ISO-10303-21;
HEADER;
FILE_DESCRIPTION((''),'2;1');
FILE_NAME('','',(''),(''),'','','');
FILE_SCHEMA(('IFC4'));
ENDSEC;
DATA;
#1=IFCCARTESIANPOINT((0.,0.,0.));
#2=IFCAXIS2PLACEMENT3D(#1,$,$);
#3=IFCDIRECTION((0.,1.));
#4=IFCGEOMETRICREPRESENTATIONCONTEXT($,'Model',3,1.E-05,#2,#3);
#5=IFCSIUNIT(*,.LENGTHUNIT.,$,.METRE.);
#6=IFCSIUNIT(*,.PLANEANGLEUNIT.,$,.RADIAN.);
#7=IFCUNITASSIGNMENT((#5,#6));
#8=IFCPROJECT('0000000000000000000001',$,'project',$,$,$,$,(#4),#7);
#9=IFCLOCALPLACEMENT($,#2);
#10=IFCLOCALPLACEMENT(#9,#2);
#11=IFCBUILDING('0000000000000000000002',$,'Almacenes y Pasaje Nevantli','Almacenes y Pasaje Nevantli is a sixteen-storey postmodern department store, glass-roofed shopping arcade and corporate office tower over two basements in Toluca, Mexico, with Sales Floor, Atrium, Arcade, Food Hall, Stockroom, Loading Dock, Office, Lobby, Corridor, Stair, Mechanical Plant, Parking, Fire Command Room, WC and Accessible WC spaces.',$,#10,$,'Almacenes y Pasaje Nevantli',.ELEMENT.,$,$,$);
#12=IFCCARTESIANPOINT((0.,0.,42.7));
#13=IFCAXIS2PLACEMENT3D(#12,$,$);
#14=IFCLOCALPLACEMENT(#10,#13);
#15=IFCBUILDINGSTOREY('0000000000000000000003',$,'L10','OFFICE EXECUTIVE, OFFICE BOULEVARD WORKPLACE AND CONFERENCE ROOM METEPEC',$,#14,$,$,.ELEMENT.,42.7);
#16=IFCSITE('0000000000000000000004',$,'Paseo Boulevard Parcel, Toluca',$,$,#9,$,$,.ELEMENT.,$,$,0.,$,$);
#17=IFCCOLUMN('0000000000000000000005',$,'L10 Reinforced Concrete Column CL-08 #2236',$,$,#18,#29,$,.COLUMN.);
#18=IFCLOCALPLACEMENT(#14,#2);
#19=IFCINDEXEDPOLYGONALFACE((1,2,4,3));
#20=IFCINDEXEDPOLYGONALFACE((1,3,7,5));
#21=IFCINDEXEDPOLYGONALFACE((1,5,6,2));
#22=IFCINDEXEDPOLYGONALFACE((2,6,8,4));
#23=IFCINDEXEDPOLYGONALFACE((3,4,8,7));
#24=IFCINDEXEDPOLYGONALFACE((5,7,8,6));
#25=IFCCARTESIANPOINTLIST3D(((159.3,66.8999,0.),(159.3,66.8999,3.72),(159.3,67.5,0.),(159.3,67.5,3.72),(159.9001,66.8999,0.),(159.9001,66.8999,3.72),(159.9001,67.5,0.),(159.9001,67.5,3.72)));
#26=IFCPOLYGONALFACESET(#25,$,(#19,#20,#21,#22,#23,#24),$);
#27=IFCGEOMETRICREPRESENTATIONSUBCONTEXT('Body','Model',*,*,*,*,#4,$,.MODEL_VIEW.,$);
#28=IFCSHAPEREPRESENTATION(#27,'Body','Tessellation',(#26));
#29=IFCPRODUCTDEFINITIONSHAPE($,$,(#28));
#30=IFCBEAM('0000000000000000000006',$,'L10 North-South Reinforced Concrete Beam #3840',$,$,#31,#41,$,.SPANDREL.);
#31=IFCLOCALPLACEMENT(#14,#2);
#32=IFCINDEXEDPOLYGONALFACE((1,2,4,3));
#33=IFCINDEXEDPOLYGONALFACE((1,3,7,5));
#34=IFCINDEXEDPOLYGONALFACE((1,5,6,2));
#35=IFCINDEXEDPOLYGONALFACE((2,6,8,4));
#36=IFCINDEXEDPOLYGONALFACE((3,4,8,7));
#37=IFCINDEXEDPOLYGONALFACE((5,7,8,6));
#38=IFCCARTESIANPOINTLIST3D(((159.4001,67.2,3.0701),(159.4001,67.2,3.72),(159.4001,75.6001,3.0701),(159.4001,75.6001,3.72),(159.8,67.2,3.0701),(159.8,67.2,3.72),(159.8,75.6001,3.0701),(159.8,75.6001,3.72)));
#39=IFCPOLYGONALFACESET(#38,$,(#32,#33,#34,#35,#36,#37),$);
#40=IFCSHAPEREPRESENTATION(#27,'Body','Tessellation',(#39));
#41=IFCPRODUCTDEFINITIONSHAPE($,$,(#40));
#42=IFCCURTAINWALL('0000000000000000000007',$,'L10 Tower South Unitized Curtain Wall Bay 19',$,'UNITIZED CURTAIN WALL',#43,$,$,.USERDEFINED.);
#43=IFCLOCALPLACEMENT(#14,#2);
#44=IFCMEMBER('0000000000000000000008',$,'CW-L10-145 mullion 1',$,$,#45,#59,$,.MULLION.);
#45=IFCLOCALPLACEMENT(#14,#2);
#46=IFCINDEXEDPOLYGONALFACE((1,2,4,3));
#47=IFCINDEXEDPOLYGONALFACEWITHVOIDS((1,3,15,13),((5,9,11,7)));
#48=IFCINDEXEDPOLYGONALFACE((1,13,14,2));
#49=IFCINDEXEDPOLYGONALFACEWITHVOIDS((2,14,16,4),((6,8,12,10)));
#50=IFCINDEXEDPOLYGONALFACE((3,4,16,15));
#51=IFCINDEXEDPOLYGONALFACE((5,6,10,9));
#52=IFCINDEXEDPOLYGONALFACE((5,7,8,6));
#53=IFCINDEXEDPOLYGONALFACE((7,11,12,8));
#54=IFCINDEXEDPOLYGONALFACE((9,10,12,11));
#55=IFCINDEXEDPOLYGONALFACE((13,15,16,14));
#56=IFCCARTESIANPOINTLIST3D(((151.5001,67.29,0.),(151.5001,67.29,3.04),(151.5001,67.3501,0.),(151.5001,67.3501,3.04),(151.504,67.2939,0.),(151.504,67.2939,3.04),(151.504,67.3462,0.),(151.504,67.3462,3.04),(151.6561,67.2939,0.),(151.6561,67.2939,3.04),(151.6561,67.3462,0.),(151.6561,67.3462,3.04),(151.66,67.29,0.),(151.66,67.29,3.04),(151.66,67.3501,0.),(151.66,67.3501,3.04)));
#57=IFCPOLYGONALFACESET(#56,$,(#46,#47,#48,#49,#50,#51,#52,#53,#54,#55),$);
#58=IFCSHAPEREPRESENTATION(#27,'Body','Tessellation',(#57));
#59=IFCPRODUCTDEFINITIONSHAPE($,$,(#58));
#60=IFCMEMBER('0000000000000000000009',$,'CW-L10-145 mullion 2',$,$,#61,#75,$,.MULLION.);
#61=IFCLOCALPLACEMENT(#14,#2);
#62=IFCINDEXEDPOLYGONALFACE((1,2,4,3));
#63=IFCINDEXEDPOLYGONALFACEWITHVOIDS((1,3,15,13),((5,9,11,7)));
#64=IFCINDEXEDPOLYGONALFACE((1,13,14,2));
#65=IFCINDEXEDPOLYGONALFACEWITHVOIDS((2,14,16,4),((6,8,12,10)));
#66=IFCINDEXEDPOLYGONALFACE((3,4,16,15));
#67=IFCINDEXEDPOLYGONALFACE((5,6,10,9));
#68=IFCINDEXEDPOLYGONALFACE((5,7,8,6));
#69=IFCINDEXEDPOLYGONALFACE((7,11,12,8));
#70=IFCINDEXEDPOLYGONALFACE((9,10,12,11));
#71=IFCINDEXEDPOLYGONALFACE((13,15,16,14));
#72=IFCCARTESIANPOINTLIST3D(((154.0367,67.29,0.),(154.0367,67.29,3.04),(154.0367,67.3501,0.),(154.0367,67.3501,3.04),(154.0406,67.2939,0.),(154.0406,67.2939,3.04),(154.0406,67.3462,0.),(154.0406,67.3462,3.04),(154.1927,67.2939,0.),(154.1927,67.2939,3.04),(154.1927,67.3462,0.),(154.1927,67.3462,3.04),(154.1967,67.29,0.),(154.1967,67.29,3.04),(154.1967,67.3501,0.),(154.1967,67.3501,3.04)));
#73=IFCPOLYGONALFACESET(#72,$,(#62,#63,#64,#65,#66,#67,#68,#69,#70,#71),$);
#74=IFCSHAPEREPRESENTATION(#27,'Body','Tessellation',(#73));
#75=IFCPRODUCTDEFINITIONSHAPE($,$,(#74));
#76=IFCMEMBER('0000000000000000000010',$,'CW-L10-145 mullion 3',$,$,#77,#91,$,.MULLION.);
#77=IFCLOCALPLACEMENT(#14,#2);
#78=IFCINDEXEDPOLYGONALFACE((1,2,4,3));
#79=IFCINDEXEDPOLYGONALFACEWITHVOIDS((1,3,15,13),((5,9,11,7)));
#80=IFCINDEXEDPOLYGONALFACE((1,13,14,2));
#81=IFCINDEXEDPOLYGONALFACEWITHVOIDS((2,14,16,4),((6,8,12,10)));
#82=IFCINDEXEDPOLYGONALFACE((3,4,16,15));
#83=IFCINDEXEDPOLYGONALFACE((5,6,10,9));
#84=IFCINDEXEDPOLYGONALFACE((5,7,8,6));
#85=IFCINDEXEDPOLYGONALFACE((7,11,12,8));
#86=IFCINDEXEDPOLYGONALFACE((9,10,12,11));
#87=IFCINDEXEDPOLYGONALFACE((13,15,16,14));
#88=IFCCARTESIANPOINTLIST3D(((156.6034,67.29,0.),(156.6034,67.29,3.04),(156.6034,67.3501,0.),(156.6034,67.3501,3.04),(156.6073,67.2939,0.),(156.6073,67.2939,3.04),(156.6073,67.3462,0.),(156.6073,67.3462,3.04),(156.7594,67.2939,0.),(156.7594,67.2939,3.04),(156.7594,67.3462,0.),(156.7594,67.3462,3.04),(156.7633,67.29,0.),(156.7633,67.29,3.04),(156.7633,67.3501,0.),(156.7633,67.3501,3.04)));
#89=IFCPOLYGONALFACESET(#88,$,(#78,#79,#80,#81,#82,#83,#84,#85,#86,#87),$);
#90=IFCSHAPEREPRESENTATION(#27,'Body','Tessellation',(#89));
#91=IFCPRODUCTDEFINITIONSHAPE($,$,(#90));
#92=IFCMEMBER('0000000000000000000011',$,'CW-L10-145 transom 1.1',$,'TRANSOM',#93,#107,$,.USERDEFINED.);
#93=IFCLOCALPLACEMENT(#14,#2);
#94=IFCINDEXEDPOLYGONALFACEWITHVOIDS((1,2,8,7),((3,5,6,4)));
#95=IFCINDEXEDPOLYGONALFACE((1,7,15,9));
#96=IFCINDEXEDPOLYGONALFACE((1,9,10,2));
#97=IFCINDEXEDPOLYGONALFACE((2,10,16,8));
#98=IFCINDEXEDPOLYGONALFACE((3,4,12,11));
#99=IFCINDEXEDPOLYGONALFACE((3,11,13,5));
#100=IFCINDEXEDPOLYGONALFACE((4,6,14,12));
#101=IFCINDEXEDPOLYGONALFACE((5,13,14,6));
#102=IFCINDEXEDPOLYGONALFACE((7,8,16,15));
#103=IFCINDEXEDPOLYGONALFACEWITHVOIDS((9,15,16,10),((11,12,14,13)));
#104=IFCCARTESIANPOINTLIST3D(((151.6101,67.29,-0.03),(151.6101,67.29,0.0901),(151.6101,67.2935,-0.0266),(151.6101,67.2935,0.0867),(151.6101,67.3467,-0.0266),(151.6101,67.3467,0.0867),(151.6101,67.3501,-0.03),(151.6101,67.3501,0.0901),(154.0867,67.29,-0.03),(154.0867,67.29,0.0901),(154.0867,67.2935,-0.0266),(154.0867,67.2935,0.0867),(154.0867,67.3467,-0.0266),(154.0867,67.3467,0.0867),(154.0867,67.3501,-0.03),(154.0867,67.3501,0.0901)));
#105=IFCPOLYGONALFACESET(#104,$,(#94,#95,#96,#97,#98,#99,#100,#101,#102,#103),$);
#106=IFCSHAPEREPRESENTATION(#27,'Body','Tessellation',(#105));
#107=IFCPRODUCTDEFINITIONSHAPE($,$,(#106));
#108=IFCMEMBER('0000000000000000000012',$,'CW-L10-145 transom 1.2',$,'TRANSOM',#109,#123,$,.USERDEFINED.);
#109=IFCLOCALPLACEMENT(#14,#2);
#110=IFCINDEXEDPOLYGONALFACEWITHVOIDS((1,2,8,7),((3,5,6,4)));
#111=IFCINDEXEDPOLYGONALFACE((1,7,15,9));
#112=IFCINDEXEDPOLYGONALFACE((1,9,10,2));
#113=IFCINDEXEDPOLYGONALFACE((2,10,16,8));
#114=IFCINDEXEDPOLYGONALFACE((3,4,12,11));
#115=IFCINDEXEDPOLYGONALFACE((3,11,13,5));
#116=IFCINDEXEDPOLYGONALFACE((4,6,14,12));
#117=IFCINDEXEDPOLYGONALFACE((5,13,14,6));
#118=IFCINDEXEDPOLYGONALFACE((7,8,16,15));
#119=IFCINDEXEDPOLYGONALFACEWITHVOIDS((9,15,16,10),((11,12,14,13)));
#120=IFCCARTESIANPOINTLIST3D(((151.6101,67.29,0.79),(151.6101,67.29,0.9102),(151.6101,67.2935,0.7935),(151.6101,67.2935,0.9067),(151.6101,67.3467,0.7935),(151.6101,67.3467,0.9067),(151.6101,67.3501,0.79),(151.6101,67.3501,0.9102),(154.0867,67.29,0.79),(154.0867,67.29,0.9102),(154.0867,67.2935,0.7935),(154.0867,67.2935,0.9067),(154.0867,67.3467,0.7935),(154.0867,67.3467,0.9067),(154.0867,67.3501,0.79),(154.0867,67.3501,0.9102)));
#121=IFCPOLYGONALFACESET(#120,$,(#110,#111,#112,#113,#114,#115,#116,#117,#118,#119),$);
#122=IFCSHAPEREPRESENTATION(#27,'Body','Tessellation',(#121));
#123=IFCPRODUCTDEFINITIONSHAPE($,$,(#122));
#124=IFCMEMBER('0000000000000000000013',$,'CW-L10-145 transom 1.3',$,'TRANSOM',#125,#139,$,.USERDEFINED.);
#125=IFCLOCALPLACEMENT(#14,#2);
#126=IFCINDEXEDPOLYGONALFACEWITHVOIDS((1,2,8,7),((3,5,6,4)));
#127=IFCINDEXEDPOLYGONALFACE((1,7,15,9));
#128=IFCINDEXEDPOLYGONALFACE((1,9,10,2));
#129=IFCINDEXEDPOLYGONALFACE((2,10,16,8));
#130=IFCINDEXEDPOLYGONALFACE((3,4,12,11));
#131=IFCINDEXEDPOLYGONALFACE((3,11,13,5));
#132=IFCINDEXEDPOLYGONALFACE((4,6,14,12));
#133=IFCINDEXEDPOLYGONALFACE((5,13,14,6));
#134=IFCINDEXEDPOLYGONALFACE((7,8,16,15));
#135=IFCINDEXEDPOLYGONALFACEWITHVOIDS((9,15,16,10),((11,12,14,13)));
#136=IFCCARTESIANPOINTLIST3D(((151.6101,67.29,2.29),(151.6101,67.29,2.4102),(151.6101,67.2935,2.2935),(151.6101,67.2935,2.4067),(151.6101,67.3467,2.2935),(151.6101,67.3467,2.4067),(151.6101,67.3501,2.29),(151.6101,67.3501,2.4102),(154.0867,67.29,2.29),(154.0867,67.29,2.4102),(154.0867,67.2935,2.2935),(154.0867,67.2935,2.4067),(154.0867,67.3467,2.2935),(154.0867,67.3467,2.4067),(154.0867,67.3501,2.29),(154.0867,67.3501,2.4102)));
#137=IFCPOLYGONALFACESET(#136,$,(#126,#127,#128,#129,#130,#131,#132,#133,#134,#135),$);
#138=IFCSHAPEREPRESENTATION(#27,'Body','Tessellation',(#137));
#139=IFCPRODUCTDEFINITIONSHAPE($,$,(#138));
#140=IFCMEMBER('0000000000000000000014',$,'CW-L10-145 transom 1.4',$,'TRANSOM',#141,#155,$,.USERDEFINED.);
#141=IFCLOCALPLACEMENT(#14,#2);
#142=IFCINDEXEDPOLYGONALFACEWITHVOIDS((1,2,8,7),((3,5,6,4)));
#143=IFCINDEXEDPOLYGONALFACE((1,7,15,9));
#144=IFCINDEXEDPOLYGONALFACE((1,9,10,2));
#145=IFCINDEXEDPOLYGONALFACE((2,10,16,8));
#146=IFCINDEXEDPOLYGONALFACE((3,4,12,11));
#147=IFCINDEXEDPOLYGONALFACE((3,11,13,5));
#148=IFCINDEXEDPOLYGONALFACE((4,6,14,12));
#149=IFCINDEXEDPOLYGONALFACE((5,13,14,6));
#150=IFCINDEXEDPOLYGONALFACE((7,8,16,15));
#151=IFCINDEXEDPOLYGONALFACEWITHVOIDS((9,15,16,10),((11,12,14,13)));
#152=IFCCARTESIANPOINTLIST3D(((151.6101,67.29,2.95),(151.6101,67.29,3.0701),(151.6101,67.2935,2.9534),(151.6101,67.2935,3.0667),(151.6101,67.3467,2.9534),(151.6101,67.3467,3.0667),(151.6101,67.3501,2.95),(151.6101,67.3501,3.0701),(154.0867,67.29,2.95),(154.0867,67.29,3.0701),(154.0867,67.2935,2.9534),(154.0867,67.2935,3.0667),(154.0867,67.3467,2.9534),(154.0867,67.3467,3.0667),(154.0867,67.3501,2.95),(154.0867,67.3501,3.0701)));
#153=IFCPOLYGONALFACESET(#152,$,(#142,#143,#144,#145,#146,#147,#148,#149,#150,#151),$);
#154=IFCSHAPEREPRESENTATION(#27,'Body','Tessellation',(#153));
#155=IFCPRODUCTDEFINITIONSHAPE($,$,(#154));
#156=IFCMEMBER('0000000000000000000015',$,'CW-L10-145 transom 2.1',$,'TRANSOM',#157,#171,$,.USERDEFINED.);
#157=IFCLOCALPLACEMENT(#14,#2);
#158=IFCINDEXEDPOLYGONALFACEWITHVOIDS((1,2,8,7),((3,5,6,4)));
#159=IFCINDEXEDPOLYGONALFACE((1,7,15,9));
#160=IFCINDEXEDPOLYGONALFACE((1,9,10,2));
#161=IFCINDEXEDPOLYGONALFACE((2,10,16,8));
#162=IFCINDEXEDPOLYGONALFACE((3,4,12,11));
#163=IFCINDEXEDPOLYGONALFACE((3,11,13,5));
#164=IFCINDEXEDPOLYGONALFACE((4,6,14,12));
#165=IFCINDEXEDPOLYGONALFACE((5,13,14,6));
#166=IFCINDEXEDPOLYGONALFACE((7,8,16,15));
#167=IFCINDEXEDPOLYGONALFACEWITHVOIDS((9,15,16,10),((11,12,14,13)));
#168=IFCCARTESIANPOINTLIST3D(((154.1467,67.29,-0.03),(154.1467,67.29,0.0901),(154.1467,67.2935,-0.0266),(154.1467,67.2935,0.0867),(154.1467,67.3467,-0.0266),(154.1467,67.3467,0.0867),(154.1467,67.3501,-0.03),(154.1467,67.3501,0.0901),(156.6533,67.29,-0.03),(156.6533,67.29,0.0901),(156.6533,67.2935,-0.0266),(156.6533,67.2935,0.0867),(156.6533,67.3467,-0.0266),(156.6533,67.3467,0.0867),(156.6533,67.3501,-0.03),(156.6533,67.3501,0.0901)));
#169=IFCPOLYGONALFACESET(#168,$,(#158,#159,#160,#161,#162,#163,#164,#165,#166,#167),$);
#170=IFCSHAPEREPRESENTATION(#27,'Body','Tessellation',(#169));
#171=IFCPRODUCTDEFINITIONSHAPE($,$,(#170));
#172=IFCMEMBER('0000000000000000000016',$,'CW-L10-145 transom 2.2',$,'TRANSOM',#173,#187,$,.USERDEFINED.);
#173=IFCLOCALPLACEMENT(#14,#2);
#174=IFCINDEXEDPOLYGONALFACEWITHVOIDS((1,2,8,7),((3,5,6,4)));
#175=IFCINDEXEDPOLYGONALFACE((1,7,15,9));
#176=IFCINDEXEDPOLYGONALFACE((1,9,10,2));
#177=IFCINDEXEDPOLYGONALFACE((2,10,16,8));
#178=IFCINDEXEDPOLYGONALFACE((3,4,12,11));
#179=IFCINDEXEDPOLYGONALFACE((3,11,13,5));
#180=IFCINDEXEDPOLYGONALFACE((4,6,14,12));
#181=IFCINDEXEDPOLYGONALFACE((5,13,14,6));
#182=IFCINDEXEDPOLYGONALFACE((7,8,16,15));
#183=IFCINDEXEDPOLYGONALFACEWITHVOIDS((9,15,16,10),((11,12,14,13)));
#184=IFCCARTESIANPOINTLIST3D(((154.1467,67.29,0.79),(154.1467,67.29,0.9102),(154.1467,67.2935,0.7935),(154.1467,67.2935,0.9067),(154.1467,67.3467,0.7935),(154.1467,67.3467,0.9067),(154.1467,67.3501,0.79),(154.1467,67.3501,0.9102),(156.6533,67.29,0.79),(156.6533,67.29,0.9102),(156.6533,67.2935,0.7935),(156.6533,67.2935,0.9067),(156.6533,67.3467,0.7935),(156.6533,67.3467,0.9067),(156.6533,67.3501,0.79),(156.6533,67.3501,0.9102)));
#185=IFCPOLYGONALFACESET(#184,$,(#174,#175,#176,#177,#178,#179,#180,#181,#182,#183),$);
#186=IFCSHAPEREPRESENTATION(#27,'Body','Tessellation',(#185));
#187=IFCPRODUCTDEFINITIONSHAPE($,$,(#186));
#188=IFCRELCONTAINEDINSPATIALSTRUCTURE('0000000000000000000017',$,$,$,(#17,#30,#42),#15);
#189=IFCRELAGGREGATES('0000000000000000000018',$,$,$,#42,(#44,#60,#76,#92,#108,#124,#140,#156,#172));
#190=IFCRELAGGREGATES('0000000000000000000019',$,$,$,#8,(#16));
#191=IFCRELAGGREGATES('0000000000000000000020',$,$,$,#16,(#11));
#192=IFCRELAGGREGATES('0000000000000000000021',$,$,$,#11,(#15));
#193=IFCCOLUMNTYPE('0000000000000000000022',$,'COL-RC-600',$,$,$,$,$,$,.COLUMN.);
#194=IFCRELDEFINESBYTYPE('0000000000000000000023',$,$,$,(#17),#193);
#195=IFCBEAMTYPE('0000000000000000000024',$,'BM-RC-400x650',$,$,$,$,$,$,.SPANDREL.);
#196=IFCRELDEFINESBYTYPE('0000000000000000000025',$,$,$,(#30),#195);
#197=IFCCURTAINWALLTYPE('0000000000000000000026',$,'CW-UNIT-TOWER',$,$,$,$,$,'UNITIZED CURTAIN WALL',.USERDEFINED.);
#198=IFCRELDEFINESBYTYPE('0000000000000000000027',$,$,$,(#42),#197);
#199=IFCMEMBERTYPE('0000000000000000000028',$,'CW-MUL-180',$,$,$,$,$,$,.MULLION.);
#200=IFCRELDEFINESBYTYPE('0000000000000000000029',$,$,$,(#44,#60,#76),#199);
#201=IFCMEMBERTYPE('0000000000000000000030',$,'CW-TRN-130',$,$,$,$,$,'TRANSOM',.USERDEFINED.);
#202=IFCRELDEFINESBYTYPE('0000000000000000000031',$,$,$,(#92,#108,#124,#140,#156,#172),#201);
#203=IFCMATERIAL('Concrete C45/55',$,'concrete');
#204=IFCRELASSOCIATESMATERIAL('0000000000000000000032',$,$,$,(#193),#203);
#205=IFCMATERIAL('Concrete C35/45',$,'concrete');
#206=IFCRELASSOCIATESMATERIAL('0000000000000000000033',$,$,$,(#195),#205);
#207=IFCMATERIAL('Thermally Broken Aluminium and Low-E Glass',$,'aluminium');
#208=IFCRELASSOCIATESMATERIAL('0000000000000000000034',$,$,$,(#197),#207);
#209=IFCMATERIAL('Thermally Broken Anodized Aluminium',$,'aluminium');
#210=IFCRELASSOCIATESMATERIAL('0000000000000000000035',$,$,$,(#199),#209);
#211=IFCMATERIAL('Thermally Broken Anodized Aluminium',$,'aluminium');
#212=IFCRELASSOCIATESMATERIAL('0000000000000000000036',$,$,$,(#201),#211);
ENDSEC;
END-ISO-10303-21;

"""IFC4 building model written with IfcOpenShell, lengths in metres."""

from ifc_helpers import new_model, si_unit, direction, frame, origin, origin_2d, place, context, subcontext, project, spatial, rectangle, hollow_rectangle, extrude, material, material_profile, profile_set, type_object, element, aggregate, save


model = new_model("IFC4")

# Units and contexts
model_context = context("Model", 3, precision=1e-05, world=origin(), true_north=direction((0.0, 1.0)))
body_context = subcontext(model_context, "Body", "Model", "MODEL_VIEW")
ifc_project = project(units=[si_unit("LENGTHUNIT", "METRE"), si_unit("PLANEANGLEUNIT", "RADIAN")], contexts=[model_context])

# Site, building, storey
site_placement = place(None, origin())
site = spatial("IfcSite", under=ifc_project, at=site_placement, Name="Paseo Boulevard Parcel, Toluca", CompositionType="ELEMENT", RefElevation=0.0)
building_placement = place(site_placement, origin())
building = spatial("IfcBuilding", under=site, at=building_placement, Name="Almacenes y Pasaje Nevantli", Description="Almacenes y Pasaje Nevantli is a sixteen-storey postmodern department store, glass-roofed shopping arcade and corporate office tower over two basements in Toluca, Mexico, with Sales Floor, Atrium, Arcade, Food Hall, Stockroom, Loading Dock, Office, Lobby, Corridor, Stair, Mechanical Plant, Parking, Fire Command Room, WC and Accessible WC spaces.", LongName="Almacenes y Pasaje Nevantli", CompositionType="ELEMENT")
storey_placement = place(building_placement, frame((0.0, 0.0, 42.7)))
storey = spatial("IfcBuildingStorey", under=building, at=storey_placement, Name="L10", Description="OFFICE EXECUTIVE, OFFICE BOULEVARD WORKPLACE AND CONFERENCE ROOM METEPEC", CompositionType="ELEMENT", Elevation=42.7)

# Column
ifc_material_1 = material(Name="Concrete C45/55", Category="concrete")
ifc_material_profile_1 = material_profile(ifc_material_1, rectangle(XDim=0.6001, YDim=0.6001, at=origin_2d()), Name="RC-COL-600x600")
ifc_profile_set_1 = profile_set([ifc_material_profile_1], Name="Concrete C45/55")
column_type = type_object("IfcColumnType", Name="COL-RC-600", PredefinedType="COLUMN", material=ifc_profile_set_1)
column_placement = place(storey_placement, frame((159.6001, 67.2, 0.0), z_axis=(0.0, 0.0, 1.0), x_axis=(1.0, 0.0, 0.0)))
element("IfcColumn", 1, at=column_placement, inside=storey, type_object=column_type, Name="L10 Reinforced Concrete Column CL-08 #2236", PredefinedType="COLUMN", context=body_context, shape_type="SweptSolid", body=[
    extrude(rectangle(XDim=0.6001, YDim=0.6001, at=origin_2d()), origin(), (0.0, 0.0, 1.0), 3.72),
])

# Beam
ifc_material_2 = material(Name="Concrete C35/45", Category="concrete")
ifc_material_profile_2 = material_profile(ifc_material_2, rectangle(XDim=0.3999, YDim=0.6499, at=origin_2d()), Name="RC-BM-400x650")
ifc_profile_set_2 = profile_set([ifc_material_profile_2], Name="Concrete C35/45")
beam_type = type_object("IfcBeamType", Name="BM-RC-400x650", PredefinedType="SPANDREL", material=ifc_profile_set_2)
beam_placement = place(storey_placement, frame((159.6001, 67.2, 3.395), z_axis=(0.0, 1.0, 0.0), x_axis=(-1.0, 0.0, 0.0)))
element("IfcBeam", 2, at=beam_placement, inside=storey, type_object=beam_type, Name="L10 North-South Reinforced Concrete Beam #3840", PredefinedType="SPANDREL", context=body_context, shape_type="SweptSolid", body=[
    extrude(rectangle(XDim=0.3999, YDim=0.6499, at=origin_2d()), origin(), (0.0, 0.0, 1.0), 8.4001),
])

# Curtain wall, members
ifc_material_3 = material(Name="Thermally Broken Aluminium and Low-E Glass", Category="aluminium")
curtain_wall_type = type_object("IfcCurtainWallType", Name="CW-UNIT-TOWER", ElementType="UNITIZED CURTAIN WALL", PredefinedType="USERDEFINED", material=ifc_material_3)
curtain_wall_placement = place(storey_placement, origin())
curtain_wall = element("IfcCurtainWall", 3, at=curtain_wall_placement, inside=storey, type_object=curtain_wall_type, Name="L10 Tower South Unitized Curtain Wall Bay 19", ObjectType="UNITIZED CURTAIN WALL", PredefinedType="USERDEFINED")
ifc_material_4 = material(Name="Thermally Broken Anodized Aluminium", Category="aluminium")
ifc_material_profile_3 = material_profile(ifc_material_4, hollow_rectangle(XDim=0.0601, YDim=0.1599, WallThickness=0.0039, at=origin_2d()), Name="ALU-MUL-60x160")
ifc_profile_set_3 = profile_set([ifc_material_profile_3], Name="Thermally Broken Anodized Aluminium")
member_type_1 = type_object("IfcMemberType", Name="CW-MUL-180", PredefinedType="MULLION", material=ifc_profile_set_3)
member_1_placement = place(storey_placement, frame((151.5801, 67.3201, 0.0), z_axis=(0.0, 0.0, 1.0), x_axis=(0.0, 1.0, 0.0)))
member_1 = element("IfcMember", 4, at=member_1_placement, type_object=member_type_1, Name="CW-L10-145 mullion 1", PredefinedType="MULLION", context=body_context, shape_type="SweptSolid", body=[
    extrude(hollow_rectangle(XDim=0.0601, YDim=0.1599, WallThickness=0.0039, at=origin_2d()), origin(), (0.0, 0.0, 1.0), 3.04),
])
member_2_placement = place(storey_placement, frame((154.1167, 67.3201, 0.0), z_axis=(0.0, 0.0, 1.0), x_axis=(0.0, 1.0, 0.0)))
member_2 = element("IfcMember", 5, at=member_2_placement, type_object=member_type_1, Name="CW-L10-145 mullion 2", PredefinedType="MULLION", context=body_context, shape_type="SweptSolid", body=[
    extrude(hollow_rectangle(XDim=0.0601, YDim=0.1599, WallThickness=0.0039, at=origin_2d()), origin(), (0.0, 0.0, 1.0), 3.04),
])
member_3_placement = place(storey_placement, frame((156.6833, 67.3201, 0.0), z_axis=(0.0, 0.0, 1.0), x_axis=(0.0, 1.0, 0.0)))
member_3 = element("IfcMember", 6, at=member_3_placement, type_object=member_type_1, Name="CW-L10-145 mullion 3", PredefinedType="MULLION", context=body_context, shape_type="SweptSolid", body=[
    extrude(hollow_rectangle(XDim=0.0601, YDim=0.1599, WallThickness=0.0039, at=origin_2d()), origin(), (0.0, 0.0, 1.0), 3.04),
])
ifc_material_5 = material(Name="Thermally Broken Anodized Aluminium", Category="aluminium")
ifc_material_profile_4 = material_profile(ifc_material_5, hollow_rectangle(XDim=0.0601, YDim=0.1201, WallThickness=0.0034, at=origin_2d()), Name="ALU-TRN-60x120")
ifc_profile_set_4 = profile_set([ifc_material_profile_4], Name="Thermally Broken Anodized Aluminium")
member_type_2 = type_object("IfcMemberType", Name="CW-TRN-130", ElementType="TRANSOM", PredefinedType="USERDEFINED", material=ifc_profile_set_4)
member_4_placement = place(storey_placement, frame((151.6101, 67.3201, 0.03), z_axis=(1.0, 0.0, 0.0), x_axis=(0.0, 1.0, 0.0)))
member_4 = element("IfcMember", 7, at=member_4_placement, type_object=member_type_2, Name="CW-L10-145 transom 1.1", ObjectType="TRANSOM", PredefinedType="USERDEFINED", context=body_context, shape_type="SweptSolid", body=[
    extrude(hollow_rectangle(XDim=0.0601, YDim=0.1201, WallThickness=0.0034, at=origin_2d()), origin(), (0.0, 0.0, 1.0), 2.4766),
])
member_5_placement = place(storey_placement, frame((151.6101, 67.3201, 0.8501), z_axis=(1.0, 0.0, 0.0), x_axis=(0.0, 1.0, 0.0)))
member_5 = element("IfcMember", 8, at=member_5_placement, type_object=member_type_2, Name="CW-L10-145 transom 1.2", ObjectType="TRANSOM", PredefinedType="USERDEFINED", context=body_context, shape_type="SweptSolid", body=[
    extrude(hollow_rectangle(XDim=0.0601, YDim=0.1201, WallThickness=0.0034, at=origin_2d()), origin(), (0.0, 0.0, 1.0), 2.4766),
])
member_6_placement = place(storey_placement, frame((151.6101, 67.3201, 2.3501), z_axis=(1.0, 0.0, 0.0), x_axis=(0.0, 1.0, 0.0)))
member_6 = element("IfcMember", 9, at=member_6_placement, type_object=member_type_2, Name="CW-L10-145 transom 1.3", ObjectType="TRANSOM", PredefinedType="USERDEFINED", context=body_context, shape_type="SweptSolid", body=[
    extrude(hollow_rectangle(XDim=0.0601, YDim=0.1201, WallThickness=0.0034, at=origin_2d()), origin(), (0.0, 0.0, 1.0), 2.4766),
])
member_7_placement = place(storey_placement, frame((151.6101, 67.3201, 3.01), z_axis=(1.0, 0.0, 0.0), x_axis=(0.0, 1.0, 0.0)))
member_7 = element("IfcMember", 10, at=member_7_placement, type_object=member_type_2, Name="CW-L10-145 transom 1.4", ObjectType="TRANSOM", PredefinedType="USERDEFINED", context=body_context, shape_type="SweptSolid", body=[
    extrude(hollow_rectangle(XDim=0.0601, YDim=0.1201, WallThickness=0.0034, at=origin_2d()), origin(), (0.0, 0.0, 1.0), 2.4766),
])
member_8_placement = place(storey_placement, frame((154.1467, 67.3201, 0.03), z_axis=(1.0, 0.0, 0.0), x_axis=(0.0, 1.0, 0.0)))
member_8 = element("IfcMember", 11, at=member_8_placement, type_object=member_type_2, Name="CW-L10-145 transom 2.1", ObjectType="TRANSOM", PredefinedType="USERDEFINED", context=body_context, shape_type="SweptSolid", body=[
    extrude(hollow_rectangle(XDim=0.0601, YDim=0.1201, WallThickness=0.0034, at=origin_2d()), origin(), (0.0, 0.0, 1.0), 2.5066),
])
member_9_placement = place(storey_placement, frame((154.1467, 67.3201, 0.8501), z_axis=(1.0, 0.0, 0.0), x_axis=(0.0, 1.0, 0.0)))
member_9 = element("IfcMember", 12, at=member_9_placement, type_object=member_type_2, Name="CW-L10-145 transom 2.2", ObjectType="TRANSOM", PredefinedType="USERDEFINED", context=body_context, shape_type="SweptSolid", body=[
    extrude(hollow_rectangle(XDim=0.0601, YDim=0.1201, WallThickness=0.0034, at=origin_2d()), origin(), (0.0, 0.0, 1.0), 2.5066),
])
aggregate(curtain_wall, [member_1, member_2, member_3, member_4, member_5, member_6, member_7, member_8, member_9])

save(model, "model.ifc")
